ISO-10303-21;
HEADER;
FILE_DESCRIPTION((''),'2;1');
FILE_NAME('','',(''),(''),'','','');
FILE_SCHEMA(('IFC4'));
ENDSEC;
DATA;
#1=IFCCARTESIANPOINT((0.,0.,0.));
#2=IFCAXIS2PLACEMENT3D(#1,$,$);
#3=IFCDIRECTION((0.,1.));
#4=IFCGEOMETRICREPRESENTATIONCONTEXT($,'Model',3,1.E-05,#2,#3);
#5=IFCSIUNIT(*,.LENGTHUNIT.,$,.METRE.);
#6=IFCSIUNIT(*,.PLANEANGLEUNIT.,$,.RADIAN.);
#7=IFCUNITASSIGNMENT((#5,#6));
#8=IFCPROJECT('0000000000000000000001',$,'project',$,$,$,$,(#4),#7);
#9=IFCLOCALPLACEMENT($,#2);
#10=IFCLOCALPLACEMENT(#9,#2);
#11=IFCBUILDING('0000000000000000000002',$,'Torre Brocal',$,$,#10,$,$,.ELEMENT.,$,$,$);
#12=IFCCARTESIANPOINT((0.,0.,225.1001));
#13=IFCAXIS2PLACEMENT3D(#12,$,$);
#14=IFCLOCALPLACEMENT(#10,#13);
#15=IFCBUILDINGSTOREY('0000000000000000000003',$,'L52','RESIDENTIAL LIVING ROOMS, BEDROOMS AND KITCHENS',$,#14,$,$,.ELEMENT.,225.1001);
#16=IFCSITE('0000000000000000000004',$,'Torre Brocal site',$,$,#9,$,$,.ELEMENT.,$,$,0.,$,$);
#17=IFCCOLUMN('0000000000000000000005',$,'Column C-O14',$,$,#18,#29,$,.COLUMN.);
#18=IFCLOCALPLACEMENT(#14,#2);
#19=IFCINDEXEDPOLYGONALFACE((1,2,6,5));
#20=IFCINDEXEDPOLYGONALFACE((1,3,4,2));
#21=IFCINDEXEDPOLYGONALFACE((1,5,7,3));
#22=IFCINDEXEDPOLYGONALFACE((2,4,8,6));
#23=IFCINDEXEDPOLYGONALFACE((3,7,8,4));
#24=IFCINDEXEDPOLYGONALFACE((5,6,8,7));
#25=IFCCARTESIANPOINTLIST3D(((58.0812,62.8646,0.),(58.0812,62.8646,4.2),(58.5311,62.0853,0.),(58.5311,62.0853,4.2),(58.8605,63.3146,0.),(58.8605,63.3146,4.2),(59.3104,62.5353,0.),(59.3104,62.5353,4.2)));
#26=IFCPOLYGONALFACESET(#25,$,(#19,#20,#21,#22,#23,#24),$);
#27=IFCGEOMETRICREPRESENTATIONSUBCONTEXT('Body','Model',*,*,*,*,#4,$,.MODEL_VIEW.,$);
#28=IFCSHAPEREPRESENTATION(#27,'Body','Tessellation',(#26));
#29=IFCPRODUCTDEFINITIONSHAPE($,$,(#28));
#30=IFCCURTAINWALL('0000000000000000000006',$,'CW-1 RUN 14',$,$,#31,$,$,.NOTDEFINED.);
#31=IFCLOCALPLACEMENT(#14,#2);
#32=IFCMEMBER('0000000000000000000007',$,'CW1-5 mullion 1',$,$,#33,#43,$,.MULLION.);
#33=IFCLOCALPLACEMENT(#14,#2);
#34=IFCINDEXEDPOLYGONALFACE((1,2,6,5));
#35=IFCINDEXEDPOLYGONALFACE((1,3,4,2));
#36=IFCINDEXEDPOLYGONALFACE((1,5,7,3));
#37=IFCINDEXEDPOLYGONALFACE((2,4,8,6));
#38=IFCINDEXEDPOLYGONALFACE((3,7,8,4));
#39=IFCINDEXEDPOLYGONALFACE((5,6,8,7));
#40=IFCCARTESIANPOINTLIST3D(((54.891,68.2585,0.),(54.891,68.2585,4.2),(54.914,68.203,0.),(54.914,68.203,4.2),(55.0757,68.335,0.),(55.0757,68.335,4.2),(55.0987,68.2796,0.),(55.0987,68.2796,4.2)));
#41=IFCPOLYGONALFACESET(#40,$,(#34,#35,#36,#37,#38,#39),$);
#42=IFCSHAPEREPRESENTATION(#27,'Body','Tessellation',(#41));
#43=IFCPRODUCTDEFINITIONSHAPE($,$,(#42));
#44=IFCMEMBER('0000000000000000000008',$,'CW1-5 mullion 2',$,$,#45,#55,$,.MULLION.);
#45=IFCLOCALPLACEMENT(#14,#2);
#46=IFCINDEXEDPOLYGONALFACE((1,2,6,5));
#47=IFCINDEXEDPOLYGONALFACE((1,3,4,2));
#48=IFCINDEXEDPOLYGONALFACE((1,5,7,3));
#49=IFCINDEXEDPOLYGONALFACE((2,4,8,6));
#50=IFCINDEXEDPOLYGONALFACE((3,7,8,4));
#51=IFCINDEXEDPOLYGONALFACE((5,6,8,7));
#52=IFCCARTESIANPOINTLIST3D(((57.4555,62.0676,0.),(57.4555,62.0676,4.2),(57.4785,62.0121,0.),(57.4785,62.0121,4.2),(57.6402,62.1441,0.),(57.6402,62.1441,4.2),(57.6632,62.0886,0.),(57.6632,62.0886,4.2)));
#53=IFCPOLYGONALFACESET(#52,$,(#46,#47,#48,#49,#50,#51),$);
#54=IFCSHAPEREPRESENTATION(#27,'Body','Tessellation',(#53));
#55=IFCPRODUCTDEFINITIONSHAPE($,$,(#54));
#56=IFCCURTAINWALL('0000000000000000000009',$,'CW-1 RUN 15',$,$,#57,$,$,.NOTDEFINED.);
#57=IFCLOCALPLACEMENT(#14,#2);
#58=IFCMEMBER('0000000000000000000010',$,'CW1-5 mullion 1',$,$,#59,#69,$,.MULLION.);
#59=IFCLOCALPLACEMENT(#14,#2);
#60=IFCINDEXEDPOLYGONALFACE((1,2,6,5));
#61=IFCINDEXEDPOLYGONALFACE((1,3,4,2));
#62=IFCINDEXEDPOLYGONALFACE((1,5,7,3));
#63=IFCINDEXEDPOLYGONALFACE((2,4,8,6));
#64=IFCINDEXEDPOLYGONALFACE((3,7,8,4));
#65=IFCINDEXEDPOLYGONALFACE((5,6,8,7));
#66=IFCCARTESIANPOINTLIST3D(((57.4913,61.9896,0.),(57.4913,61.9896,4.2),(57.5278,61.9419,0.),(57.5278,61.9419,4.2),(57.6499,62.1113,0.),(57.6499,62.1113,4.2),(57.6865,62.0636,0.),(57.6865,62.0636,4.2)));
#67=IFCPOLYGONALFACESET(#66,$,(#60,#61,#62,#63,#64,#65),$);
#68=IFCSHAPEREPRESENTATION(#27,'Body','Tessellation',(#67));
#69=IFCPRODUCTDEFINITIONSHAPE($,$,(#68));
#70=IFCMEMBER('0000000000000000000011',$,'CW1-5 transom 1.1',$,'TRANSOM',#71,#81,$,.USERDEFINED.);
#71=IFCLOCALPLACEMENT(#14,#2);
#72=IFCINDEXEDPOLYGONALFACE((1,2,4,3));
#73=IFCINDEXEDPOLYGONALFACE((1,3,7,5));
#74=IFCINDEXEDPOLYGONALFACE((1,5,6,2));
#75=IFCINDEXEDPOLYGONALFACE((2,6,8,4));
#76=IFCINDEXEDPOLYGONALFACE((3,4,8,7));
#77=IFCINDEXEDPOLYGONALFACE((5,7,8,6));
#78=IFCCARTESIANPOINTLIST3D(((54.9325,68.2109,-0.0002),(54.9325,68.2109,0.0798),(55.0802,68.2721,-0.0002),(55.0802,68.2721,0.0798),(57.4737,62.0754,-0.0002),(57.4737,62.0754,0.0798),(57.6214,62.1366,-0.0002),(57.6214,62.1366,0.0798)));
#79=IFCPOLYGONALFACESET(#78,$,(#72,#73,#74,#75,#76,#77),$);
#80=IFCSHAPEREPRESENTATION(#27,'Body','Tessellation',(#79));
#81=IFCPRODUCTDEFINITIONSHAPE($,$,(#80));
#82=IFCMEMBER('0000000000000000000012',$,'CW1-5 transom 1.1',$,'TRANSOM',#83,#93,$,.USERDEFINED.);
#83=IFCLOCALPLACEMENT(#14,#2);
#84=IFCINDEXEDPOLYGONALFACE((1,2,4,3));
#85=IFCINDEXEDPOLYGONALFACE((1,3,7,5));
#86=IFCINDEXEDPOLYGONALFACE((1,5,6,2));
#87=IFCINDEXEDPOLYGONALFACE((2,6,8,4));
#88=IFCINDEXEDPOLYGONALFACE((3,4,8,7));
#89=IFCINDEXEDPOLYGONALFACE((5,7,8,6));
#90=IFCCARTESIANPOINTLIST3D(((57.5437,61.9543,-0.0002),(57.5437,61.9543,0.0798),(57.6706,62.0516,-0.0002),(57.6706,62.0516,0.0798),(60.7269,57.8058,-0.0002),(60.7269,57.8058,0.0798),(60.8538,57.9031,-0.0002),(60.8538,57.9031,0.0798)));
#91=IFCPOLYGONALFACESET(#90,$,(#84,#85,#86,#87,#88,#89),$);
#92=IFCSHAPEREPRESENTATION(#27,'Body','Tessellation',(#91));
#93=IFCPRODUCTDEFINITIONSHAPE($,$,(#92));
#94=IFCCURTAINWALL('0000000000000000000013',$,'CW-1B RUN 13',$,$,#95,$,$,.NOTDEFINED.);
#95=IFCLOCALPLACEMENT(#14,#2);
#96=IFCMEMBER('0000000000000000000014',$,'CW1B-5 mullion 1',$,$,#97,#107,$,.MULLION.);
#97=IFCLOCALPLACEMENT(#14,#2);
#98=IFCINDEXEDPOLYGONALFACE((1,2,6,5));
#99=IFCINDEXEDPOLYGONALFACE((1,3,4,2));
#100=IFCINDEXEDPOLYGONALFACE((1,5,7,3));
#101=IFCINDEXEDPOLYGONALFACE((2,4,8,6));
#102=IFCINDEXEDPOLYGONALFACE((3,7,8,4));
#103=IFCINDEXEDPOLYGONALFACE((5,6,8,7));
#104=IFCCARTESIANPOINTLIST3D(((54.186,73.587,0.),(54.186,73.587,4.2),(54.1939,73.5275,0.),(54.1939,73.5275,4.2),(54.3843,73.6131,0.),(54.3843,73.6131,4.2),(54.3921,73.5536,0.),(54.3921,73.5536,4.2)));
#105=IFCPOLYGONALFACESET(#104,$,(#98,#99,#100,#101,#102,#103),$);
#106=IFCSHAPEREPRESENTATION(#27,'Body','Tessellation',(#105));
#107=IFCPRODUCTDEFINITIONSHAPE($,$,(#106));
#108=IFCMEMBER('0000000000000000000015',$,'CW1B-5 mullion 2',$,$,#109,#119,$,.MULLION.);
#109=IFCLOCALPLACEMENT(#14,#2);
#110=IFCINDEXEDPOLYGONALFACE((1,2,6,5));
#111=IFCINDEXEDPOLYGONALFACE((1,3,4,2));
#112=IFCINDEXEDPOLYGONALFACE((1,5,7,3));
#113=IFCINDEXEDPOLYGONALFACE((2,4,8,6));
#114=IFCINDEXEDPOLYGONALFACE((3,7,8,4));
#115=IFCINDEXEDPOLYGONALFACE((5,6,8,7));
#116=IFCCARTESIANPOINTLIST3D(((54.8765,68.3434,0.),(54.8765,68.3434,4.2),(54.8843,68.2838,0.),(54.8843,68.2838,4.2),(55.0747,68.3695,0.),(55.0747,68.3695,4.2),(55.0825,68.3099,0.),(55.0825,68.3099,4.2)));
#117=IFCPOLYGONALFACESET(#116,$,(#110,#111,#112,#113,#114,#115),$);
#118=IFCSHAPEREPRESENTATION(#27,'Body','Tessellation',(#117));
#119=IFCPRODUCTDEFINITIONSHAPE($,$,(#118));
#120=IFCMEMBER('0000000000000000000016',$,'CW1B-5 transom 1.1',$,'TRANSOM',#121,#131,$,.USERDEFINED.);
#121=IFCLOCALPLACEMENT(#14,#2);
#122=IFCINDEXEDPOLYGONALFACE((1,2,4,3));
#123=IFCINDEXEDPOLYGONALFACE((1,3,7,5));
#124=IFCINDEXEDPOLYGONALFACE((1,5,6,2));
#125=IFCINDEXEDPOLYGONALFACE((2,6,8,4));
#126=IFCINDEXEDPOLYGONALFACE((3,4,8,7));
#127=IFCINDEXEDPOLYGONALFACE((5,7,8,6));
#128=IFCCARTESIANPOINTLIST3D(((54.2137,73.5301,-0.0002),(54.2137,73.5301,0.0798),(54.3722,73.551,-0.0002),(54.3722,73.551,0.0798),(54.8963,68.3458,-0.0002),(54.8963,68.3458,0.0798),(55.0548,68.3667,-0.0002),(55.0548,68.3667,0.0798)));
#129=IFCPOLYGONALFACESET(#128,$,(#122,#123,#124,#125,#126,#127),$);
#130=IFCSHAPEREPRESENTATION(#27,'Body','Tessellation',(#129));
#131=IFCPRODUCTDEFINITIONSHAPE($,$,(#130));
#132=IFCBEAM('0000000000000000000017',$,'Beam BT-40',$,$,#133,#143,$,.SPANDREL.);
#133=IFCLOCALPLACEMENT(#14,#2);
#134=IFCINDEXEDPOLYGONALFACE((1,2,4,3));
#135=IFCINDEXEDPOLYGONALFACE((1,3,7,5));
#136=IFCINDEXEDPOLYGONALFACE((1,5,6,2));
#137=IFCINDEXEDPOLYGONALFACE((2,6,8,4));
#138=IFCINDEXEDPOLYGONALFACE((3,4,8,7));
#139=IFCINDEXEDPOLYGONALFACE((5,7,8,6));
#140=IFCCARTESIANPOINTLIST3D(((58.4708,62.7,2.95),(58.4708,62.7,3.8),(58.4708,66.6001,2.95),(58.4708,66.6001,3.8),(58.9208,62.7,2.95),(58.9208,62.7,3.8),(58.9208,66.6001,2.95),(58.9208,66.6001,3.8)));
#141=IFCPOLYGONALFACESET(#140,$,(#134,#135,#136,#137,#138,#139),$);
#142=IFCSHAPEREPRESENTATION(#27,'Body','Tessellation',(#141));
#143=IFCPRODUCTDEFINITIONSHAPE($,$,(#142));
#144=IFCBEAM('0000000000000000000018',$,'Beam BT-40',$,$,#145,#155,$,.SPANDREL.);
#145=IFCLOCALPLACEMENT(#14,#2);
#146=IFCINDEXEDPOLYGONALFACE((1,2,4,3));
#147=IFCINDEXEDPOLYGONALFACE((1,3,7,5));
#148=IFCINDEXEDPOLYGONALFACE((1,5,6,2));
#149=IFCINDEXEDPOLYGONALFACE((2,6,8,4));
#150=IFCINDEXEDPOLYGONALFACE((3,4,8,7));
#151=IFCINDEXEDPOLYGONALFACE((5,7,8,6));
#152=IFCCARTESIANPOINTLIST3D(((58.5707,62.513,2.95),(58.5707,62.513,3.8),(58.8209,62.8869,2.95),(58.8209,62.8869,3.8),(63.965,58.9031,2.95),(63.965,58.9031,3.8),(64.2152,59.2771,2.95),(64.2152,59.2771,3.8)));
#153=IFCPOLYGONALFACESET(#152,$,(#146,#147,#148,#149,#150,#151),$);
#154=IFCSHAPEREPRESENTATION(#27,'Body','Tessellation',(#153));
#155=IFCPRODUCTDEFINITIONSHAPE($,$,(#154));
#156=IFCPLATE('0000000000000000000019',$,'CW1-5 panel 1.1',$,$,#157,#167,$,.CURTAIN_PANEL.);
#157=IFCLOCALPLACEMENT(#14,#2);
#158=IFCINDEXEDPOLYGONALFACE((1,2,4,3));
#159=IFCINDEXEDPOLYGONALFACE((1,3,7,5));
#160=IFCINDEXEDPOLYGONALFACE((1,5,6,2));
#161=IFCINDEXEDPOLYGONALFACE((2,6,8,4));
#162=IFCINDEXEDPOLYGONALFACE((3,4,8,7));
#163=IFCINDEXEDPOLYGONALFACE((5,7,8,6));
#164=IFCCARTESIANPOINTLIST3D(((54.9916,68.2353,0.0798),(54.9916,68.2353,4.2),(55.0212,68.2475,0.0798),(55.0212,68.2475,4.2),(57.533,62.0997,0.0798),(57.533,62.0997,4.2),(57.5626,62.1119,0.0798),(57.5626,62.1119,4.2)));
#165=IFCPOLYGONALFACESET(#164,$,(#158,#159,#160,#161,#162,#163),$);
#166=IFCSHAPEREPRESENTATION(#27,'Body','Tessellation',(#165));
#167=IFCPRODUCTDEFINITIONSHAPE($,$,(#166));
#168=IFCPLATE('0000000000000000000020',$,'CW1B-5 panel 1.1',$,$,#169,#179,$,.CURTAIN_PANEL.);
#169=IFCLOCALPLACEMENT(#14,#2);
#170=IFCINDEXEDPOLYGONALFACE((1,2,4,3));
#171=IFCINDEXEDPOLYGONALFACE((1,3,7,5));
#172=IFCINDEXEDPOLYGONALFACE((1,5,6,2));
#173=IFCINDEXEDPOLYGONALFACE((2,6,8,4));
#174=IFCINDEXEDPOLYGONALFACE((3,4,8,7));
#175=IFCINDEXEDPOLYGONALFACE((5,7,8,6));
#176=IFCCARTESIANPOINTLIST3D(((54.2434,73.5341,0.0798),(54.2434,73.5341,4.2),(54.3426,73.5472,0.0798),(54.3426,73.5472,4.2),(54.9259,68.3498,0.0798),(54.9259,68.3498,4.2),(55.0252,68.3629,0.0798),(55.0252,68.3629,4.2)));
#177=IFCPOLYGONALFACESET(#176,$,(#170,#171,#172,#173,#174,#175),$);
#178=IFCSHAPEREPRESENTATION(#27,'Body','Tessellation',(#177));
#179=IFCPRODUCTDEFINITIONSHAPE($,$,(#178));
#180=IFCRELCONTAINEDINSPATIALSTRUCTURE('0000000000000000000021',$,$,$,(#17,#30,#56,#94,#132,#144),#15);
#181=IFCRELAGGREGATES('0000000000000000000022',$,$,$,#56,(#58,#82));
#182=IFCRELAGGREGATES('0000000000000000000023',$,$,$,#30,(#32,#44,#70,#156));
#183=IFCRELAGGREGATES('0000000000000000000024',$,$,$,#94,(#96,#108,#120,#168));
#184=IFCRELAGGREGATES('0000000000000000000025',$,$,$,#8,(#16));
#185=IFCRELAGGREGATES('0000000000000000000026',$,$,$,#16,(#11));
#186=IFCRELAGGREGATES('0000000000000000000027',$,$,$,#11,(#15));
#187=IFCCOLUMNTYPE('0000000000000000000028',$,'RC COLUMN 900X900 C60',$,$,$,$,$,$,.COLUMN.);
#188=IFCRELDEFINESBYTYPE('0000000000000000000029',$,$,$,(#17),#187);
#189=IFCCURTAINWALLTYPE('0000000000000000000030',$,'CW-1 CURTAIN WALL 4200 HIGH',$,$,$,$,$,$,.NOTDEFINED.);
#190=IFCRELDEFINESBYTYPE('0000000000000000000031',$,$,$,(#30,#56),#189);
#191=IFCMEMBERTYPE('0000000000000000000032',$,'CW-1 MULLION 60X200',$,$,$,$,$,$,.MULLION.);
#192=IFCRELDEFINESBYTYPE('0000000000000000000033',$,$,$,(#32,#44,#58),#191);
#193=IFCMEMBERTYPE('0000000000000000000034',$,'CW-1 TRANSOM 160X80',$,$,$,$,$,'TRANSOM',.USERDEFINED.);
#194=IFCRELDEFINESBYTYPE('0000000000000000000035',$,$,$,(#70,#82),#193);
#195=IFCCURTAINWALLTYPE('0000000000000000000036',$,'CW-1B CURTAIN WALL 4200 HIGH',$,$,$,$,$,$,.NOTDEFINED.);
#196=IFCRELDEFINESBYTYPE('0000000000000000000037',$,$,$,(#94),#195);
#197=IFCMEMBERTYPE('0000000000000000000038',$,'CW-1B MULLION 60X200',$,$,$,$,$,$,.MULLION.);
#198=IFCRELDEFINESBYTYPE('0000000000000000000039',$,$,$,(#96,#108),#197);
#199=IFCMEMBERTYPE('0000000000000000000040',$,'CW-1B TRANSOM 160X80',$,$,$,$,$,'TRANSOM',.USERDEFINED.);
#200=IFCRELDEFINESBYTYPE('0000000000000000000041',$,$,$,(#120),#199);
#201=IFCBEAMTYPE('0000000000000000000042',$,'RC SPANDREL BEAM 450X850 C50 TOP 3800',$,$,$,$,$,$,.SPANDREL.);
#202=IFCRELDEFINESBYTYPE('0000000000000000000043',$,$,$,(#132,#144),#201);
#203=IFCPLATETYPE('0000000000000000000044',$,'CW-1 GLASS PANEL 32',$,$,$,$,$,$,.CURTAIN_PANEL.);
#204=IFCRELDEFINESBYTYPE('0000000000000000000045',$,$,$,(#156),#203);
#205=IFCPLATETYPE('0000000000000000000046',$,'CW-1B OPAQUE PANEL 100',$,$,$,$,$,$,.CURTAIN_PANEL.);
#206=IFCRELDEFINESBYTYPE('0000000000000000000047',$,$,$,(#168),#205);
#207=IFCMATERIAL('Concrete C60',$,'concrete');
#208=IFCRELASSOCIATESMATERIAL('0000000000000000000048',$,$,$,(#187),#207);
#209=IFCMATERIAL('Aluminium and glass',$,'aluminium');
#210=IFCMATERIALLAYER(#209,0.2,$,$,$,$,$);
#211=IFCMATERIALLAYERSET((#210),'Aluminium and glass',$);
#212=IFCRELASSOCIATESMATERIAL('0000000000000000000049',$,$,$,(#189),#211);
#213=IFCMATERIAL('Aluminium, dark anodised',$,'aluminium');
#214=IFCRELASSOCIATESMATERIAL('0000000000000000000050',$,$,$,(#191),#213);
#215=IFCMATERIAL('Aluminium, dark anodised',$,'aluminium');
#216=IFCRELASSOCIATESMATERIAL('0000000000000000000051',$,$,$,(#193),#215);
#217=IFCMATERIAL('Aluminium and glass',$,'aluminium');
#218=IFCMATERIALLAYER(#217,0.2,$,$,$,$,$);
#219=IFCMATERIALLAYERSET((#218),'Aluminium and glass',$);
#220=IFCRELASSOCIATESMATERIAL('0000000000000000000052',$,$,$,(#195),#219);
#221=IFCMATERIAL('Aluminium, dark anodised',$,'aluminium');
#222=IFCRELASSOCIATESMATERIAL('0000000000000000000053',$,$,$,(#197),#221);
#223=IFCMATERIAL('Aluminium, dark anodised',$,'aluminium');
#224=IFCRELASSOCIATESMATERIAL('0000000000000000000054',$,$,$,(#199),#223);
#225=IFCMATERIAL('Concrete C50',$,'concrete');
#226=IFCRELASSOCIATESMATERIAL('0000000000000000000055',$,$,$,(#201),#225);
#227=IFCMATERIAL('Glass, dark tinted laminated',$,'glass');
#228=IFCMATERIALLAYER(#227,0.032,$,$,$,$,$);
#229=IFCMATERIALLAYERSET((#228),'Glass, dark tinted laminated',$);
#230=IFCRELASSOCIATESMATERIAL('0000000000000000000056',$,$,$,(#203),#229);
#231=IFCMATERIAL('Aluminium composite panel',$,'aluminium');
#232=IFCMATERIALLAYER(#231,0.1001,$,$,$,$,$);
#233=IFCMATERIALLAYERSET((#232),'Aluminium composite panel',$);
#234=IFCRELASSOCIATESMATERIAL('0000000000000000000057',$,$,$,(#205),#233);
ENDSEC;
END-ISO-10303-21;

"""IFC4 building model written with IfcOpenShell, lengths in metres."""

from ifc_helpers import new_model, si_unit, direction, frame, origin, origin_2d, place, context, subcontext, project, spatial, rectangle, extrude, material, layer, layer_set, material_profile, profile_set, type_object, element, aggregate, save


model = new_model("IFC4")

# Units and contexts
model_context = context("Model", 3, precision=1e-05, world=origin(), true_north=direction((0.0, 1.0)))
body_context = subcontext(model_context, "Body", "Model", "MODEL_VIEW")
ifc_project = project(units=[si_unit("LENGTHUNIT", "METRE"), si_unit("PLANEANGLEUNIT", "RADIAN")], contexts=[model_context])

# Site, building, storey
site_placement = place(None, origin())
site = spatial("IfcSite", under=ifc_project, at=site_placement, Name="Torre Brocal site", CompositionType="ELEMENT", RefElevation=0.0)
building_placement = place(site_placement, origin())
building = spatial("IfcBuilding", under=site, at=building_placement, Name="Torre Brocal", CompositionType="ELEMENT")
storey_placement = place(building_placement, frame((0.0, 0.0, 225.1001)))
storey = spatial("IfcBuildingStorey", under=building, at=storey_placement, Name="L52", Description="RESIDENTIAL LIVING ROOMS, BEDROOMS AND KITCHENS", CompositionType="ELEMENT", Elevation=225.1001)

# Column
ifc_material_1 = material(Name="Concrete C60", Category="concrete")
ifc_material_profile_1 = material_profile(ifc_material_1, rectangle(XDim=0.8999, YDim=0.8999, at=origin_2d()), Name="RC 900X900")
ifc_profile_set_1 = profile_set([ifc_material_profile_1], Name="Concrete C60")
column_type = type_object("IfcColumnType", Name="RC COLUMN 900X900 C60", PredefinedType="COLUMN", material=ifc_profile_set_1)
column_placement = place(storey_placement, frame((58.6958, 62.7, 0.0), z_axis=(0.0, 0.0, 1.0), x_axis=(-0.866025, -0.5, 0.0)))
element("IfcColumn", 1, at=column_placement, inside=storey, type_object=column_type, Name="Column C-O14", PredefinedType="COLUMN", context=body_context, shape_type="SweptSolid", body=[
    extrude(rectangle(XDim=0.8999, YDim=0.8999, at=origin_2d()), origin(), (0.0, 0.0, 1.0), 4.2),
])

# Curtain wall, members
ifc_material_2 = material(Name="Aluminium and glass", Category="aluminium")
ifc_layer_1 = layer(ifc_material_2, 0.2)
ifc_layer_set_1 = layer_set([ifc_layer_1], Name="Aluminium and glass")
curtain_wall_type_1 = type_object("IfcCurtainWallType", Name="CW-1 CURTAIN WALL 4200 HIGH", PredefinedType="NOTDEFINED", material=ifc_layer_set_1)
curtain_wall_1_placement = place(storey_placement, origin())
curtain_wall_1 = element("IfcCurtainWall", 2, at=curtain_wall_1_placement, inside=storey, type_object=curtain_wall_type_1, Name="CW-1 RUN 14", PredefinedType="NOTDEFINED")
ifc_material_3 = material(Name="Aluminium, dark anodised", Category="aluminium")
ifc_material_profile_2 = material_profile(ifc_material_3, rectangle(XDim=0.2, YDim=0.0601, at=origin_2d()), Name="CW-1 MULLION 60X200")
ifc_profile_set_2 = profile_set([ifc_material_profile_2], Name="Aluminium, dark anodised")
member_type_1 = type_object("IfcMemberType", Name="CW-1 MULLION 60X200", PredefinedType="MULLION", material=ifc_profile_set_2)
member_1_placement = place(storey_placement, frame((54.9949, 68.269, 0.0), z_axis=(0.0, 0.0, 1.0), x_axis=(0.92388, 0.382683, 0.0)))
member_1 = element("IfcMember", 3, at=member_1_placement, type_object=member_type_1, Name="CW1-5 mullion 1", PredefinedType="MULLION", context=body_context, shape_type="SweptSolid", body=[
    extrude(rectangle(XDim=0.2, YDim=0.0601, at=origin_2d()), origin(), (0.0, 0.0, 1.0), 4.2),
])
member_2_placement = place(storey_placement, frame((57.5593, 62.0781, 0.0), z_axis=(0.0, 0.0, 1.0), x_axis=(0.92388, 0.382683, 0.0)))
member_2 = element("IfcMember", 4, at=member_2_placement, type_object=member_type_1, Name="CW1-5 mullion 2", PredefinedType="MULLION", context=body_context, shape_type="SweptSolid", body=[
    extrude(rectangle(XDim=0.2, YDim=0.0601, at=origin_2d()), origin(), (0.0, 0.0, 1.0), 4.2),
])

# Curtain wall, member
curtain_wall_2_placement = place(storey_placement, origin())
curtain_wall_2 = element("IfcCurtainWall", 5, at=curtain_wall_2_placement, inside=storey, type_object=curtain_wall_type_1, Name="CW-1 RUN 15", PredefinedType="NOTDEFINED")
member_3_placement = place(storey_placement, frame((57.5889, 62.0266, 0.0), z_axis=(0.0, 0.0, 1.0), x_axis=(0.793353, 0.608761, 0.0)))
member_3 = element("IfcMember", 6, at=member_3_placement, type_object=member_type_1, Name="CW1-5 mullion 1", PredefinedType="MULLION", context=body_context, shape_type="SweptSolid", body=[
    extrude(rectangle(XDim=0.2, YDim=0.0601, at=origin_2d()), origin(), (0.0, 0.0, 1.0), 4.2),
])

# Members
ifc_material_4 = material(Name="Aluminium, dark anodised", Category="aluminium")
ifc_material_profile_3 = material_profile(ifc_material_4, rectangle(XDim=0.1599, YDim=0.0801, at=origin_2d()), Name="CW-1 TRANSOM 160X80")
ifc_profile_set_3 = profile_set([ifc_material_profile_3], Name="Aluminium, dark anodised")
member_type_2 = type_object("IfcMemberType", Name="CW-1 TRANSOM 160X80", ElementType="TRANSOM", PredefinedType="USERDEFINED", material=ifc_profile_set_3)
member_4_placement = place(storey_placement, frame((55.0063, 68.2415, 0.0398), z_axis=(0.382665, -0.923887, 0.0), x_axis=(0.923887, 0.382665, 0.0)))
member_4 = element("IfcMember", 7, at=member_4_placement, type_object=member_type_2, Name="CW1-5 transom 1.1", ObjectType="TRANSOM", PredefinedType="USERDEFINED", context=body_context, shape_type="SweptSolid", body=[
    extrude(rectangle(XDim=0.1599, YDim=0.0801, at=origin_2d()), origin(), (0.0, 0.0, 1.0), 6.6409),
])
member_5_placement = place(storey_placement, frame((57.6072, 62.0029, 0.0398), z_axis=(0.608749, -0.793363, 0.0), x_axis=(0.793363, 0.608749, 0.0)))
member_5 = element("IfcMember", 8, at=member_5_placement, type_object=member_type_2, Name="CW1-5 transom 1.1", ObjectType="TRANSOM", PredefinedType="USERDEFINED", context=body_context, shape_type="SweptSolid", body=[
    extrude(rectangle(XDim=0.1599, YDim=0.0801, at=origin_2d()), origin(), (0.0, 0.0, 1.0), 5.229),
])
aggregate(curtain_wall_2, [member_3, member_5])

# Curtain wall, members
ifc_material_5 = material(Name="Aluminium and glass", Category="aluminium")
ifc_layer_2 = layer(ifc_material_5, 0.2)
ifc_layer_set_2 = layer_set([ifc_layer_2], Name="Aluminium and glass")
curtain_wall_type_2 = type_object("IfcCurtainWallType", Name="CW-1B CURTAIN WALL 4200 HIGH", PredefinedType="NOTDEFINED", material=ifc_layer_set_2)
curtain_wall_3_placement = place(storey_placement, origin())
curtain_wall_3 = element("IfcCurtainWall", 9, at=curtain_wall_3_placement, inside=storey, type_object=curtain_wall_type_2, Name="CW-1B RUN 13", PredefinedType="NOTDEFINED")
ifc_material_6 = material(Name="Aluminium, dark anodised", Category="aluminium")
ifc_material_profile_4 = material_profile(ifc_material_6, rectangle(XDim=0.2, YDim=0.0601, at=origin_2d()), Name="CW-1B MULLION 60X200")
ifc_profile_set_4 = profile_set([ifc_material_profile_4], Name="Aluminium, dark anodised")
member_type_3 = type_object("IfcMemberType", Name="CW-1B MULLION 60X200", PredefinedType="MULLION", material=ifc_profile_set_4)
member_6_placement = place(storey_placement, frame((54.2891, 73.5703, 0.0), z_axis=(0.0, 0.0, 1.0), x_axis=(0.991445, 0.130526, 0.0)))
member_6 = element("IfcMember", 10, at=member_6_placement, type_object=member_type_3, Name="CW1B-5 mullion 1", PredefinedType="MULLION", context=body_context, shape_type="SweptSolid", body=[
    extrude(rectangle(XDim=0.2, YDim=0.0601, at=origin_2d()), origin(), (0.0, 0.0, 1.0), 4.2),
])
member_7_placement = place(storey_placement, frame((54.9795, 68.3267, 0.0), z_axis=(0.0, 0.0, 1.0), x_axis=(0.991445, 0.130526, 0.0)))
member_7 = element("IfcMember", 11, at=member_7_placement, type_object=member_type_3, Name="CW1B-5 mullion 2", PredefinedType="MULLION", context=body_context, shape_type="SweptSolid", body=[
    extrude(rectangle(XDim=0.2, YDim=0.0601, at=origin_2d()), origin(), (0.0, 0.0, 1.0), 4.2),
])
ifc_material_7 = material(Name="Aluminium, dark anodised", Category="aluminium")
ifc_material_profile_5 = material_profile(ifc_material_7, rectangle(XDim=0.1599, YDim=0.0801, at=origin_2d()), Name="CW-1B TRANSOM 160X80")
ifc_profile_set_5 = profile_set([ifc_material_profile_5], Name="Aluminium, dark anodised")
member_type_4 = type_object("IfcMemberType", Name="CW-1B TRANSOM 160X80", ElementType="TRANSOM", PredefinedType="USERDEFINED", material=ifc_profile_set_5)
member_8_placement = place(storey_placement, frame((54.293, 73.5405, 0.0398), z_axis=(0.130543, -0.991443, 0.0), x_axis=(0.991443, 0.130543, 0.0)))
member_8 = element("IfcMember", 12, at=member_8_placement, type_object=member_type_4, Name="CW1B-5 transom 1.1", ObjectType="TRANSOM", PredefinedType="USERDEFINED", context=body_context, shape_type="SweptSolid", body=[
    extrude(rectangle(XDim=0.1599, YDim=0.0801, at=origin_2d()), origin(), (0.0, 0.0, 1.0), 5.229),
])

# Beams
ifc_material_8 = material(Name="Concrete C50", Category="concrete")
ifc_material_profile_6 = material_profile(ifc_material_8, rectangle(XDim=0.45, YDim=0.8501, at=origin_2d()), Name="RC 450X850")
ifc_profile_set_6 = profile_set([ifc_material_profile_6], Name="Concrete C50")
beam_type = type_object("IfcBeamType", Name="RC SPANDREL BEAM 450X850 C50 TOP 3800", PredefinedType="SPANDREL", material=ifc_profile_set_6)
beam_1_placement = place(storey_placement, frame((58.6958, 62.7, 3.375), z_axis=(0.0, 1.0, 0.0), x_axis=(-1.0, 0.0, 0.0)))
element("IfcBeam", 13, at=beam_1_placement, inside=storey, type_object=beam_type, Name="Beam BT-40", PredefinedType="SPANDREL", context=body_context, shape_type="SweptSolid", body=[
    extrude(rectangle(XDim=0.45, YDim=0.8501, at=origin_2d()), origin(), (0.0, 0.0, 1.0), 3.9001),
])
beam_2_placement = place(storey_placement, frame((58.6958, 62.7, 3.375), z_axis=(0.831077, -0.556158, 0.0), x_axis=(0.556158, 0.831077, 0.0)))
element("IfcBeam", 14, at=beam_2_placement, inside=storey, type_object=beam_type, Name="Beam BT-40", PredefinedType="SPANDREL", context=body_context, shape_type="SweptSolid", body=[
    extrude(rectangle(XDim=0.45, YDim=0.8501, at=origin_2d()), origin(), (0.0, 0.0, 1.0), 6.4907),
])

# Plates
ifc_material_9 = material(Name="Glass, dark tinted laminated", Category="glass")
ifc_layer_3 = layer(ifc_material_9, 0.032)
ifc_layer_set_3 = layer_set([ifc_layer_3], Name="Glass, dark tinted laminated")
plate_type_1 = type_object("IfcPlateType", Name="CW-1 GLASS PANEL 32", PredefinedType="CURTAIN_PANEL", material=ifc_layer_set_3)
plate_1_placement = place(storey_placement, frame((56.2771, 65.1736, 0.0798), z_axis=(0.0, 0.0, 1.0), x_axis=(0.382683, -0.92388, 0.0)))
plate_1 = element("IfcPlate", 15, at=plate_1_placement, type_object=plate_type_1, Name="CW1-5 panel 1.1", PredefinedType="CURTAIN_PANEL", context=body_context, shape_type="SweptSolid", body=[
    extrude(rectangle(XDim=6.6411, YDim=0.032, at=origin_2d()), origin(), (0.0, 0.0, 1.0), 4.1201),
])
aggregate(curtain_wall_1, [member_1, member_2, member_4, plate_1])
ifc_material_10 = material(Name="Aluminium composite panel", Category="aluminium")
ifc_layer_4 = layer(ifc_material_10, 0.1001)
ifc_layer_set_4 = layer_set([ifc_layer_4], Name="Aluminium composite panel")
plate_type_2 = type_object("IfcPlateType", Name="CW-1B OPAQUE PANEL 100", PredefinedType="CURTAIN_PANEL", material=ifc_layer_set_4)
plate_2_placement = place(storey_placement, frame((54.6343, 70.9485, 0.0798), z_axis=(0.0, 0.0, 1.0), x_axis=(0.130526, -0.991445, 0.0)))
plate_2 = element("IfcPlate", 16, at=plate_2_placement, type_object=plate_type_2, Name="CW1B-5 panel 1.1", PredefinedType="CURTAIN_PANEL", context=body_context, shape_type="SweptSolid", body=[
    extrude(rectangle(XDim=5.229, YDim=0.1001, at=origin_2d()), origin(), (0.0, 0.0, 1.0), 4.1201),
])
aggregate(curtain_wall_3, [member_6, member_7, member_8, plate_2])

save(model, "model.ifc")
